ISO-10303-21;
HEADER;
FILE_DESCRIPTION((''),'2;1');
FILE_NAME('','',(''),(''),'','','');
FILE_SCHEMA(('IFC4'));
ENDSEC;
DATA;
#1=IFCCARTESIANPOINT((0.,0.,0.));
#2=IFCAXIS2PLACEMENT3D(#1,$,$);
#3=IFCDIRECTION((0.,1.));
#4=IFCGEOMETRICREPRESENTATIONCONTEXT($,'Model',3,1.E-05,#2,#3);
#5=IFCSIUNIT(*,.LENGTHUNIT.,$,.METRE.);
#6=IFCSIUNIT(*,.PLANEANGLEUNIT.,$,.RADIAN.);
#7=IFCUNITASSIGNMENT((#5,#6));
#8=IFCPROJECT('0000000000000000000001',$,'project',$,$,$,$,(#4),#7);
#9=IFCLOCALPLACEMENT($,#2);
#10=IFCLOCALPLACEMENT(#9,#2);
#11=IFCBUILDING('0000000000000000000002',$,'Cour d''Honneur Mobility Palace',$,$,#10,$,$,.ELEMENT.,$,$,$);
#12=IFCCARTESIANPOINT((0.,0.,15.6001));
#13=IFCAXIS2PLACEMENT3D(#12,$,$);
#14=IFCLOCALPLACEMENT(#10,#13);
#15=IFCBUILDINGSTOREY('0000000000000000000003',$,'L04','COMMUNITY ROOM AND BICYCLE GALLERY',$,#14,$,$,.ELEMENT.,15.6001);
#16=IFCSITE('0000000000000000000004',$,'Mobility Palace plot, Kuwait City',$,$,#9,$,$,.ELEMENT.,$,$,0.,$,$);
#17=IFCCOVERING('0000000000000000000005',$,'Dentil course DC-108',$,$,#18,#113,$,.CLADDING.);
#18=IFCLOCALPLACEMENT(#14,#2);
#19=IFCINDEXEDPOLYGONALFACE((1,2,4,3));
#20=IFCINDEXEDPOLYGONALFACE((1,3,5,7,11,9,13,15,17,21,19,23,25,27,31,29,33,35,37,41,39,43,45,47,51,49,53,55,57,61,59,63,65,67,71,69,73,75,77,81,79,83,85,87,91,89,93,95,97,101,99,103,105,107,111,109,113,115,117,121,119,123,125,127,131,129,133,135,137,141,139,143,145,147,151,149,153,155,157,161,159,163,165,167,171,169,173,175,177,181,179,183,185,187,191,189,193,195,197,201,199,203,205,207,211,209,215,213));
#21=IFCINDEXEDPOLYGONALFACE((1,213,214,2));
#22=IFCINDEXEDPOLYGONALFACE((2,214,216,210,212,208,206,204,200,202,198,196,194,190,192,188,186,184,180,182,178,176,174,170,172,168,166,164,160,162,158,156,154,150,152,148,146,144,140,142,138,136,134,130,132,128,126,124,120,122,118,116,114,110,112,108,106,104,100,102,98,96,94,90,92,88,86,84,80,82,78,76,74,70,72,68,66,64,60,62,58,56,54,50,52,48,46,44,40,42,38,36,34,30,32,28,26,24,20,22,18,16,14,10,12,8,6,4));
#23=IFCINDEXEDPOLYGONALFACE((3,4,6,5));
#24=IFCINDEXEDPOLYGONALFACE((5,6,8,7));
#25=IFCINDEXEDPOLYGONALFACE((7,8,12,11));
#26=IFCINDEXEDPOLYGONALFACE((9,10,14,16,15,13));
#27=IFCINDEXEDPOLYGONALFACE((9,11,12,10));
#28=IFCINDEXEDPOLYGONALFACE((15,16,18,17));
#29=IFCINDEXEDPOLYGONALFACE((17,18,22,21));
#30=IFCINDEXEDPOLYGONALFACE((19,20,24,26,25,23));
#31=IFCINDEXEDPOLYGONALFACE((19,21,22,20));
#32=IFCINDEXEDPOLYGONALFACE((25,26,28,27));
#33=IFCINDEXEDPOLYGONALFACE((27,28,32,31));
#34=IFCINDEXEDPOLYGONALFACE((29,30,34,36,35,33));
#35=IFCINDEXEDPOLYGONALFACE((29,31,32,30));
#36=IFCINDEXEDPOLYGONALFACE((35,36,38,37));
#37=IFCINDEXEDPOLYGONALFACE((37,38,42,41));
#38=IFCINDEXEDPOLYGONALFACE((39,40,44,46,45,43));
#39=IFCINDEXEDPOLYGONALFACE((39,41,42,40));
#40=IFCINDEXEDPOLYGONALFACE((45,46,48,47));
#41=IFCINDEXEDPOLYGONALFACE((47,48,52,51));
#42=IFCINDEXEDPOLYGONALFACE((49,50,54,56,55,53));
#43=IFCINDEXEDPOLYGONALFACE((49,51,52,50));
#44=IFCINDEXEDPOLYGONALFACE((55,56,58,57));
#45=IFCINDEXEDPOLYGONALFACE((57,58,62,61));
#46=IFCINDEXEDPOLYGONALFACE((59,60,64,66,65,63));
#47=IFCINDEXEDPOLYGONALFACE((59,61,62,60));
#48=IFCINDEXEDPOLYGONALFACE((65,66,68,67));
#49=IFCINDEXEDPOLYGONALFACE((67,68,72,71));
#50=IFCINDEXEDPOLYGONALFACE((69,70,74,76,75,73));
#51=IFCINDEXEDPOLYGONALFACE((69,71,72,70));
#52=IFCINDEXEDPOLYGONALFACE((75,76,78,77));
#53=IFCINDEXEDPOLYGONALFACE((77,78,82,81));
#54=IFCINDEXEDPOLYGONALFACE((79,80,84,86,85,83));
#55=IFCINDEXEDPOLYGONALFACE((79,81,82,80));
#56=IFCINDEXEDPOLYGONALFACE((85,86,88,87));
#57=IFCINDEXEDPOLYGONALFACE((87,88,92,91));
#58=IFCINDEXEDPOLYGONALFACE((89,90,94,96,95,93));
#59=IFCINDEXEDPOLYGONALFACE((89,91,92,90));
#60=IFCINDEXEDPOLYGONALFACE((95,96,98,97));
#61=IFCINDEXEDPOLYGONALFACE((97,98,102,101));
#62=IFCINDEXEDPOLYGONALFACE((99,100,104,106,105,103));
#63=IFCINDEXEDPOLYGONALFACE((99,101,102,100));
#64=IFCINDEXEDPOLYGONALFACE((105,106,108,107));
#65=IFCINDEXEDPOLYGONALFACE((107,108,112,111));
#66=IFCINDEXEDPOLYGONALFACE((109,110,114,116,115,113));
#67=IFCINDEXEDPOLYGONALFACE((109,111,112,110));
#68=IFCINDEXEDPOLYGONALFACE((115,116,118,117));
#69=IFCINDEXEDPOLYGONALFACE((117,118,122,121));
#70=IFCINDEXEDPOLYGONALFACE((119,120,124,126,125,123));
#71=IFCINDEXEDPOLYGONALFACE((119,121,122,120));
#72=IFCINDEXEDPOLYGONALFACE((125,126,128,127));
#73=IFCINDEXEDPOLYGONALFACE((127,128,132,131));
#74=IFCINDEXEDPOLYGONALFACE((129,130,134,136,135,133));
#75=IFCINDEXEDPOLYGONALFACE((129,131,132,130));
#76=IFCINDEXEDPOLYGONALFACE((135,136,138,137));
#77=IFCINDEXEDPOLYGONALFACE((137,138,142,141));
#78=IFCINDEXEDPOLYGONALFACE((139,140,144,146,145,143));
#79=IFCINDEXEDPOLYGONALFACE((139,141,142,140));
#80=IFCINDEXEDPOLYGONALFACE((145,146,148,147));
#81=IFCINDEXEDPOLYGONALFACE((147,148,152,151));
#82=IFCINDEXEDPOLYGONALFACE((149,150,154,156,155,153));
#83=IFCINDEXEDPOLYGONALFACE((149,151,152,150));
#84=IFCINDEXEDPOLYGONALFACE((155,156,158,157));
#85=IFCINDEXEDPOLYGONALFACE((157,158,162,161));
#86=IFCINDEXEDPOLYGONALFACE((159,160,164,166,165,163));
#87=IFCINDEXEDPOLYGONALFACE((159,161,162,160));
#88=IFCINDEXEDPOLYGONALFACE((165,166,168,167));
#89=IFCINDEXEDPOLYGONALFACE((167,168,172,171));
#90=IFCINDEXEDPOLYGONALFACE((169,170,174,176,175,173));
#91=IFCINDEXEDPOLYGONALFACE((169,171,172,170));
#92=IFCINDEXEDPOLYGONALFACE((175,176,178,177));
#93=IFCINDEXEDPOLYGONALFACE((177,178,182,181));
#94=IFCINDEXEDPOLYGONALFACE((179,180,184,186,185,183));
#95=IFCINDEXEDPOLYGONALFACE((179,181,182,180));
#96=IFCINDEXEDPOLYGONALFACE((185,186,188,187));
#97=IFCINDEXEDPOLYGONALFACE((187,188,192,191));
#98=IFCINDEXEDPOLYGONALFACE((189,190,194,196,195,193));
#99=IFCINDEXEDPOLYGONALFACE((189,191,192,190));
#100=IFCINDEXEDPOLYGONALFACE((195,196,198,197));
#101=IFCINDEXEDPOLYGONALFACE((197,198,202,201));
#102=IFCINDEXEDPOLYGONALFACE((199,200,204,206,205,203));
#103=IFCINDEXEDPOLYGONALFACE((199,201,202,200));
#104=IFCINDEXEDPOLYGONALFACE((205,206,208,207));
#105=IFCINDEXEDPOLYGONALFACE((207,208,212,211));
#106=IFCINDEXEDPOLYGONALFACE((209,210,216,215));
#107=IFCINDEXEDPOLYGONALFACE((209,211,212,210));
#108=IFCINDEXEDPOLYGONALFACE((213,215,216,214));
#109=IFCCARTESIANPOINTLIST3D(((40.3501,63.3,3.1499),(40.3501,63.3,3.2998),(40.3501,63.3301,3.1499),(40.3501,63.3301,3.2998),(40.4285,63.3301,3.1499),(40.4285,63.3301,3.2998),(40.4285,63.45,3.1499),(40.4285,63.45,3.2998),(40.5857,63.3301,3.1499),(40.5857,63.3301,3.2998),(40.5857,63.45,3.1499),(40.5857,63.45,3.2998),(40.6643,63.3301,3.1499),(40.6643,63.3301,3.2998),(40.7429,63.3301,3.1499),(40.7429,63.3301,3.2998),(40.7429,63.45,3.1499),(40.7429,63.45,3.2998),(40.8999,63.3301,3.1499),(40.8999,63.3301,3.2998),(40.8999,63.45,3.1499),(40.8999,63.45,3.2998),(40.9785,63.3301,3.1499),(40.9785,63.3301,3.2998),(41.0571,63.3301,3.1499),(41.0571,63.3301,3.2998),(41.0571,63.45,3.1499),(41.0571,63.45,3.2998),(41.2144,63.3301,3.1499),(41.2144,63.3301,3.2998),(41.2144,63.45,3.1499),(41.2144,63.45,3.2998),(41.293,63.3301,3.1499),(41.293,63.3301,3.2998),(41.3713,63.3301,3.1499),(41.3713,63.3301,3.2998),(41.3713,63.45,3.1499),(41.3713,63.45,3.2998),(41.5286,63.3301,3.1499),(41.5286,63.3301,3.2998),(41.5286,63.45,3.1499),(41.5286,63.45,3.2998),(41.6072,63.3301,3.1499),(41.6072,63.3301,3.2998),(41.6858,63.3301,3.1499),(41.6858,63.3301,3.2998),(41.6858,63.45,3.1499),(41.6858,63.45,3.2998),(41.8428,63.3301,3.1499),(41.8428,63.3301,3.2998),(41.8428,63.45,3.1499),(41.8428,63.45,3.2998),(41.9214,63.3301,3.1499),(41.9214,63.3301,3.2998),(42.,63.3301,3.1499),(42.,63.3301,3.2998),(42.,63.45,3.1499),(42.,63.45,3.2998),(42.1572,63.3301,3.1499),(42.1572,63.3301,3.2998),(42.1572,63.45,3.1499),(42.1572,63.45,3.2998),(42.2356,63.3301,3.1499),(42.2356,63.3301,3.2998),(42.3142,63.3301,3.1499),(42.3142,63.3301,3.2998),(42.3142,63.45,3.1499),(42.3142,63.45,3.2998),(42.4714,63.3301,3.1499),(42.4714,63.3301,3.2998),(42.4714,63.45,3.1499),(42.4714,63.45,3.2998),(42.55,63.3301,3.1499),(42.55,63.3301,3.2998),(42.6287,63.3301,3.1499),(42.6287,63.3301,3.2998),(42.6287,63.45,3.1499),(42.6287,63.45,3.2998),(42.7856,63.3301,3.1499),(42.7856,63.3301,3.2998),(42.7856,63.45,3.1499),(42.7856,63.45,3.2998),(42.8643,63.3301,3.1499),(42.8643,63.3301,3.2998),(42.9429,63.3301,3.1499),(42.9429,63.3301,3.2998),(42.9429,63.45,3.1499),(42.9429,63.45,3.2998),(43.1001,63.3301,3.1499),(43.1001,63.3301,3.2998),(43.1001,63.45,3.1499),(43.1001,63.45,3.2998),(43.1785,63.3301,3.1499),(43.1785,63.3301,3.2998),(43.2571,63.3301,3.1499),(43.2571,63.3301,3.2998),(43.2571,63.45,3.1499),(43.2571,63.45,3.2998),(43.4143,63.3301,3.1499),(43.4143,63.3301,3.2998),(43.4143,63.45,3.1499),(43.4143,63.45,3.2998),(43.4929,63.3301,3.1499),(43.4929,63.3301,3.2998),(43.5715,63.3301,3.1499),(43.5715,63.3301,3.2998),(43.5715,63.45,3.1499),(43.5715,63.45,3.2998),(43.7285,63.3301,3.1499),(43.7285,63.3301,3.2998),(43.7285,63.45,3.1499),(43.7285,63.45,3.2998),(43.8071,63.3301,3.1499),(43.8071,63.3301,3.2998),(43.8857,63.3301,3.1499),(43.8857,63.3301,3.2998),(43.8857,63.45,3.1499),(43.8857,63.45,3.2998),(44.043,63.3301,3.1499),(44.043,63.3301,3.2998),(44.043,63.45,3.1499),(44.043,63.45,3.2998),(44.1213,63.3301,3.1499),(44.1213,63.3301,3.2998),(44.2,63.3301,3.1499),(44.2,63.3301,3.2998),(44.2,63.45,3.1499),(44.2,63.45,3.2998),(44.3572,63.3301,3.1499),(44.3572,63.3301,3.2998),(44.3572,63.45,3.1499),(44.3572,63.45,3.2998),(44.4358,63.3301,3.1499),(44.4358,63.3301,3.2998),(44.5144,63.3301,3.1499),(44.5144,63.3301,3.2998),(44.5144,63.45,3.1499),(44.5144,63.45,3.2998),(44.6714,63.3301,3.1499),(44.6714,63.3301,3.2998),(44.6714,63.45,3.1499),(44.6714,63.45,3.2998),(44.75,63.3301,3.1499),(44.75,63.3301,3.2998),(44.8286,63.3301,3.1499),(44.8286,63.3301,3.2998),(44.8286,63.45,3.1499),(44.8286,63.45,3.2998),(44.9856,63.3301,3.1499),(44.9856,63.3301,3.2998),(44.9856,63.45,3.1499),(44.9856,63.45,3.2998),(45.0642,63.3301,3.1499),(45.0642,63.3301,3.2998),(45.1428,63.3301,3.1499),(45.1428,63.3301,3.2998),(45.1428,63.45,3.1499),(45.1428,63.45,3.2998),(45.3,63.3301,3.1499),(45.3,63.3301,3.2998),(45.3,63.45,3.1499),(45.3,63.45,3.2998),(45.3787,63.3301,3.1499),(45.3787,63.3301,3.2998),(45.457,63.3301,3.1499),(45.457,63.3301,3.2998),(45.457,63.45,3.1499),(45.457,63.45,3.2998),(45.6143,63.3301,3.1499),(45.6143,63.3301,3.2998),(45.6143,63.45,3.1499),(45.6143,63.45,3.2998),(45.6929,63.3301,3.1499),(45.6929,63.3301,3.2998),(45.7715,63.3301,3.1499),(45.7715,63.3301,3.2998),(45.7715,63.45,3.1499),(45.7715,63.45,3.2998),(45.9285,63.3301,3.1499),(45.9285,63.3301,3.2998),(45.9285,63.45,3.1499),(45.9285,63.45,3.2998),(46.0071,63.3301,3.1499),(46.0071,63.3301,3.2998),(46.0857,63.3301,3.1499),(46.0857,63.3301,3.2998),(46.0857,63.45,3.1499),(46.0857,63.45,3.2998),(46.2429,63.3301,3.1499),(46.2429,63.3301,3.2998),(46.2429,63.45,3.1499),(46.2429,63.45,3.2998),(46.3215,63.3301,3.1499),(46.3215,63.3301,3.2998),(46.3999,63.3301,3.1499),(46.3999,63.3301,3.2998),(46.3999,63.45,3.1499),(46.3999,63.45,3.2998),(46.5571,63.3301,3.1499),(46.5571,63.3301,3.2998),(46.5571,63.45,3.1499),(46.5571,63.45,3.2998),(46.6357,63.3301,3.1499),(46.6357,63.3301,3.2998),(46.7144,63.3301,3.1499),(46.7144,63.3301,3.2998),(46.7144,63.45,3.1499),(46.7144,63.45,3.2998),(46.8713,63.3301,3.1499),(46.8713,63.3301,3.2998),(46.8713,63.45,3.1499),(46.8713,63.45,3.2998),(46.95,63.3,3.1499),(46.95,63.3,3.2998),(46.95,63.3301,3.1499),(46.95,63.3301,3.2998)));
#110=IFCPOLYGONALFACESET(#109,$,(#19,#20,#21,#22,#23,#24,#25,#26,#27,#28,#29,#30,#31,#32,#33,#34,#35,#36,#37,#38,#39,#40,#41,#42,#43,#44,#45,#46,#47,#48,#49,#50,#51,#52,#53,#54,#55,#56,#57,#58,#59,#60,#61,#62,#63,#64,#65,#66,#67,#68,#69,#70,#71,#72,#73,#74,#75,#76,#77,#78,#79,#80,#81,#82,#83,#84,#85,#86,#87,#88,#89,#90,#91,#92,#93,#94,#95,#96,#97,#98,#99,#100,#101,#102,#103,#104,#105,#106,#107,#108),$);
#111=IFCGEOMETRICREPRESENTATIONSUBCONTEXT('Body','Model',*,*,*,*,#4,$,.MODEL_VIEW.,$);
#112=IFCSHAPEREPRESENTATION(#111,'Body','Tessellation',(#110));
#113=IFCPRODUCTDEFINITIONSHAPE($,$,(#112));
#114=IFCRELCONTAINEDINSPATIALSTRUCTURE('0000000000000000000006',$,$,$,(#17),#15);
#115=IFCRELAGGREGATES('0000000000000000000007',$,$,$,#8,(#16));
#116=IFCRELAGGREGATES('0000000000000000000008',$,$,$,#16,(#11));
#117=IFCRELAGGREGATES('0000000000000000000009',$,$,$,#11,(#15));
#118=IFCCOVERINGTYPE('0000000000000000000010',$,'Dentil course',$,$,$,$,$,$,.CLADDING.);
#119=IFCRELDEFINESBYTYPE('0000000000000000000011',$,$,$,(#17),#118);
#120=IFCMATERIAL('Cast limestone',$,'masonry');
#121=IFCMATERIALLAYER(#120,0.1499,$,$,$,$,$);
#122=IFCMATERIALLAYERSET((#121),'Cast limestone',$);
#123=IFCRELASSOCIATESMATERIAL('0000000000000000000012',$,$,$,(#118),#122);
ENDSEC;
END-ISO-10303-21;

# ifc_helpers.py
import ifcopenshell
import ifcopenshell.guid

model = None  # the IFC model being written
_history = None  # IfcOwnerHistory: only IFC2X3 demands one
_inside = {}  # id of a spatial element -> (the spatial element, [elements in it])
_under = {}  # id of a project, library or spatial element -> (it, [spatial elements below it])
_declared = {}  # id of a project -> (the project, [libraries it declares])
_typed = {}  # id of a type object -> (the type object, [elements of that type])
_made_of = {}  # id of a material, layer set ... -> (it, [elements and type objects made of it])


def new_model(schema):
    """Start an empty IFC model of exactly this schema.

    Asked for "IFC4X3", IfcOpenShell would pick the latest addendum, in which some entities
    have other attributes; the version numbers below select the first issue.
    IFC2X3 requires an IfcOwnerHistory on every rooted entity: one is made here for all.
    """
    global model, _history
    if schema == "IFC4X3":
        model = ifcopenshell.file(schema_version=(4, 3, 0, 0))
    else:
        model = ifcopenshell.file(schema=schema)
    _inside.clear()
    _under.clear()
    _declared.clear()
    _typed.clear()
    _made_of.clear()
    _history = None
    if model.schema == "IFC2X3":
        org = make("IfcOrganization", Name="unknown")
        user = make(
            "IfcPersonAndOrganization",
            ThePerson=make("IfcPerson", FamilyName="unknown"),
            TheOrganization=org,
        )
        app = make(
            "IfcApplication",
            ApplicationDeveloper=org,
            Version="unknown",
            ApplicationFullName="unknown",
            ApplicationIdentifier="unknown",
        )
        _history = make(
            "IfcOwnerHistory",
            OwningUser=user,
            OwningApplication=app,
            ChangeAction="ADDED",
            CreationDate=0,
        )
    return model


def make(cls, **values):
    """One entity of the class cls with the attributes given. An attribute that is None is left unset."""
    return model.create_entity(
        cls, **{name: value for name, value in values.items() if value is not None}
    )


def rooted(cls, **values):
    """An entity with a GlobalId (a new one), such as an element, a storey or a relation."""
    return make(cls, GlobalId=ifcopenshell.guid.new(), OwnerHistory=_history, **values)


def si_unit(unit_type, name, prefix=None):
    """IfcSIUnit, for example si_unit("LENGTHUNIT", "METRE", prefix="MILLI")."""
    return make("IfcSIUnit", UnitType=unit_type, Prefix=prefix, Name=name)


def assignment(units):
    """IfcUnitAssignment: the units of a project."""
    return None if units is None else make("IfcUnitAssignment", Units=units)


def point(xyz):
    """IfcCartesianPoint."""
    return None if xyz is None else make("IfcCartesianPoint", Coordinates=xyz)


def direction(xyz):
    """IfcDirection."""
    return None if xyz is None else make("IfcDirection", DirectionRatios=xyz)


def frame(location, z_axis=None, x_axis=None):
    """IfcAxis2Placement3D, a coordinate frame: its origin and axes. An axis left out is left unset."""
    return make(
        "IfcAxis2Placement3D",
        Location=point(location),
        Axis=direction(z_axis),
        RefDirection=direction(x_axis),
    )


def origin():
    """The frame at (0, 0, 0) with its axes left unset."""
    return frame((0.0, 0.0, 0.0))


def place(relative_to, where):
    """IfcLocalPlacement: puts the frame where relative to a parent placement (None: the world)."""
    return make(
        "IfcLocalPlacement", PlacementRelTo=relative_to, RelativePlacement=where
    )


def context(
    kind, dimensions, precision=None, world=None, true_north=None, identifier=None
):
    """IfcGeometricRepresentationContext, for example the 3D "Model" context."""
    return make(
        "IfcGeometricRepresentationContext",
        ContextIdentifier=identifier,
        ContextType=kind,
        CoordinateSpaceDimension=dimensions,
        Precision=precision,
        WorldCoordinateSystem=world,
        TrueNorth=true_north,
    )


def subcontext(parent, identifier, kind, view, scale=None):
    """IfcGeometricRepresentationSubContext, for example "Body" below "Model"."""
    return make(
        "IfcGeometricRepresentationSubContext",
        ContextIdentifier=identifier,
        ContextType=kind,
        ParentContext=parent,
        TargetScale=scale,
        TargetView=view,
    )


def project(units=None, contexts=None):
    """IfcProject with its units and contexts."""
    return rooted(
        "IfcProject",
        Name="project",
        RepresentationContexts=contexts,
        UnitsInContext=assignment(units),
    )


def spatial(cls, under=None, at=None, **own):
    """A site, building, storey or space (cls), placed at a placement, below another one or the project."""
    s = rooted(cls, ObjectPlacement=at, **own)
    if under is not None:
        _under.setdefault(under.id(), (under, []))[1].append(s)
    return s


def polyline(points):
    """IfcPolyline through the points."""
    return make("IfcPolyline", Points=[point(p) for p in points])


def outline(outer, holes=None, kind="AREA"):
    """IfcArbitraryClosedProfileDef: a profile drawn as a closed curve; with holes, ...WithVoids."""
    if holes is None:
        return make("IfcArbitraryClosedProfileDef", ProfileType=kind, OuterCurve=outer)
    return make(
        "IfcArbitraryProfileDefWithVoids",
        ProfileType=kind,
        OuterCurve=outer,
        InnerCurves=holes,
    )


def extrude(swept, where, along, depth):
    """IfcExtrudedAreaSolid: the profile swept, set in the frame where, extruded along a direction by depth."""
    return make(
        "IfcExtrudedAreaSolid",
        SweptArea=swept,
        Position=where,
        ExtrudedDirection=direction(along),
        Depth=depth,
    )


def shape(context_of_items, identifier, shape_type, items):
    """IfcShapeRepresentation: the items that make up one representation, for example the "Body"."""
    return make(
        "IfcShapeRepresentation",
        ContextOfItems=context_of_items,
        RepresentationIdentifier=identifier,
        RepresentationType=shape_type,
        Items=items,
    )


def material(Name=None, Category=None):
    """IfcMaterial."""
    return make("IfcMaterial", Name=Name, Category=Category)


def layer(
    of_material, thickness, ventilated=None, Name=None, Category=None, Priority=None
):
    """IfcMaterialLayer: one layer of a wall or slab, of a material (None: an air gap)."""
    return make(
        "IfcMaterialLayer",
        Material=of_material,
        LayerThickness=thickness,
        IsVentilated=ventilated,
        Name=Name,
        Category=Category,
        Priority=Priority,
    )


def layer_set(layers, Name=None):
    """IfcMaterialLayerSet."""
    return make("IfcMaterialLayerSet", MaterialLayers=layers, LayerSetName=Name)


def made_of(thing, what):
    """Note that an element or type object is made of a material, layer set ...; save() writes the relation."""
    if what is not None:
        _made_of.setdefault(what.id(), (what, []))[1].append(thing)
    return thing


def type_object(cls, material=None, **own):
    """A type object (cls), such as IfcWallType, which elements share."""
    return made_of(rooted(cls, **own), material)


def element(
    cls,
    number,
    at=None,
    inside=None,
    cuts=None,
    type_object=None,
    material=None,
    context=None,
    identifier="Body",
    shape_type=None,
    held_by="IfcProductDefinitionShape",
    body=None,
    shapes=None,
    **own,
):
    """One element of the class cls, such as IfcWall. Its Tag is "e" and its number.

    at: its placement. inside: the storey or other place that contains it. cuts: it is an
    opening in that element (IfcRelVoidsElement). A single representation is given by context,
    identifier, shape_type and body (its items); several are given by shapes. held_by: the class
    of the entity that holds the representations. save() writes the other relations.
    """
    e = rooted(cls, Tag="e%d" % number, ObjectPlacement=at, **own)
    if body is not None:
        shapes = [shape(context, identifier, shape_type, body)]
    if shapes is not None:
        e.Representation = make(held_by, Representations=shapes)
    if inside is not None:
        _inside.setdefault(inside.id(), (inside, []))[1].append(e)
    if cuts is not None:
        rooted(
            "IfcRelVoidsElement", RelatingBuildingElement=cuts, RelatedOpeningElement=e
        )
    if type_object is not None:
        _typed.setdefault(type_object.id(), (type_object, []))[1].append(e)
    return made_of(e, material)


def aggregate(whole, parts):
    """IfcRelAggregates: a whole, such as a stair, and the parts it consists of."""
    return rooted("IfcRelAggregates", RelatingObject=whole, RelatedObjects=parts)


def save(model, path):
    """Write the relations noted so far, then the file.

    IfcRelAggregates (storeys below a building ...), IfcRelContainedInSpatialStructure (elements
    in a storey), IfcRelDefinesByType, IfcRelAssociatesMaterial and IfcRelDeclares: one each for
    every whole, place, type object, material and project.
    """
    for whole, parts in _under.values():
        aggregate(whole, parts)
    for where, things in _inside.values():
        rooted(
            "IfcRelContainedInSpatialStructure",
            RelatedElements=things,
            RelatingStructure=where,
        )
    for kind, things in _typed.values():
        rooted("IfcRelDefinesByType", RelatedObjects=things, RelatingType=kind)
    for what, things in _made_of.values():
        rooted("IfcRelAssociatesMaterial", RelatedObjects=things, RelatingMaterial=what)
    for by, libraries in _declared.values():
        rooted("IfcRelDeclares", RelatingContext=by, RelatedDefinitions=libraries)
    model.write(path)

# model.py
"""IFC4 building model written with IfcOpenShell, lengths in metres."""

from ifc_helpers import new_model, si_unit, direction, frame, origin, place, context, subcontext, project, spatial, polyline, outline, extrude, material, layer, layer_set, type_object, element, save


model = new_model("IFC4")

# Units and contexts
model_context = context("Model", 3, precision=1e-05, world=origin(), true_north=direction((0.0, 1.0)))
body_context = subcontext(model_context, "Body", "Model", "MODEL_VIEW")
ifc_project = project(units=[si_unit("LENGTHUNIT", "METRE"), si_unit("PLANEANGLEUNIT", "RADIAN")], contexts=[model_context])

# Site, building, storey
site_placement = place(None, origin())
site = spatial("IfcSite", under=ifc_project, at=site_placement, Name="Mobility Palace plot, Kuwait City", CompositionType="ELEMENT", RefElevation=0.0)
building_placement = place(site_placement, origin())
building = spatial("IfcBuilding", under=site, at=building_placement, Name="Cour d'Honneur Mobility Palace", CompositionType="ELEMENT")
storey_placement = place(building_placement, frame((0.0, 0.0, 15.6001)))
storey = spatial("IfcBuildingStorey", under=building, at=storey_placement, Name="L04", Description="COMMUNITY ROOM AND BICYCLE GALLERY", CompositionType="ELEMENT", Elevation=15.6001)

# Covering
ifc_material = material(Name="Cast limestone", Category="masonry")
ifc_layer = layer(ifc_material, 0.1499)
ifc_layer_set = layer_set([ifc_layer], Name="Cast limestone")
covering_type = type_object("IfcCoveringType", Name="Dentil course", PredefinedType="CLADDING", material=ifc_layer_set)
covering_1_placement = place(storey_placement, frame((0.0, 0.0, 3.1499)))
element("IfcCovering", 1, at=covering_1_placement, inside=storey, type_object=covering_type, Name="Dentil course DC-108", PredefinedType="CLADDING", context=body_context, shape_type="SweptSolid", body=[
    extrude(outline(polyline([(46.95, 63.3), (40.3501, 63.3), (40.3501, 63.3301), (40.3501, 63.3301), (40.4285, 63.3301), (40.4285, 63.45), (40.5857, 63.45), (40.5857, 63.3301), (40.6643, 63.3301), (40.6643, 63.3301), (40.7429, 63.3301), (40.7429, 63.45), (40.8999, 63.45), (40.8999, 63.3301), (40.9785, 63.3301), (40.9785, 63.3301), (41.0571, 63.3301), (41.0571, 63.45), (41.2144, 63.45), (41.2144, 63.3301), (41.293, 63.3301), (41.293, 63.3301), (41.3713, 63.3301), (41.3713, 63.45), (41.5286, 63.45), (41.5286, 63.3301), (41.6072, 63.3301), (41.6072, 63.3301), (41.6858, 63.3301), (41.6858, 63.45), (41.8428, 63.45), (41.8428, 63.3301), (41.9214, 63.3301), (41.9214, 63.3301), (42.0, 63.3301), (42.0, 63.45), (42.1572, 63.45), (42.1572, 63.3301), (42.2356, 63.3301), (42.2356, 63.3301), (42.3142, 63.3301), (42.3142, 63.45), (42.4714, 63.45), (42.4714, 63.3301), (42.55, 63.3301), (42.55, 63.3301), (42.6287, 63.3301), (42.6287, 63.45), (42.7856, 63.45), (42.7856, 63.3301), (42.8643, 63.3301), (42.8643, 63.3301), (42.9429, 63.3301), (42.9429, 63.45), (43.1001, 63.45), (43.1001, 63.3301), (43.1785, 63.3301), (43.1785, 63.3301), (43.2571, 63.3301), (43.2571, 63.45), (43.4143, 63.45), (43.4143, 63.3301), (43.4929, 63.3301), (43.4929, 63.3301), (43.5715, 63.3301), (43.5715, 63.45), (43.7285, 63.45), (43.7285, 63.3301), (43.8071, 63.3301), (43.8071, 63.3301), (43.8857, 63.3301), (43.8857, 63.45), (44.043, 63.45), (44.043, 63.3301), (44.1213, 63.3301), (44.1213, 63.3301), (44.2, 63.3301), (44.2, 63.45), (44.3572, 63.45), (44.3572, 63.3301), (44.4358, 63.3301), (44.4358, 63.3301), (44.5144, 63.3301), (44.5144, 63.45), (44.6714, 63.45), (44.6714, 63.3301), (44.75, 63.3301), (44.75, 63.3301), (44.8286, 63.3301), (44.8286, 63.45), (44.9856, 63.45), (44.9856, 63.3301), (45.0642, 63.3301), (45.0642, 63.3301), (45.1428, 63.3301), (45.1428, 63.45), (45.3, 63.45), (45.3, 63.3301), (45.3787, 63.3301), (45.3787, 63.3301), (45.457, 63.3301), (45.457, 63.45), (45.6143, 63.45), (45.6143, 63.3301), (45.6929, 63.3301), (45.6929, 63.3301), (45.7715, 63.3301), (45.7715, 63.45), (45.9285, 63.45), (45.9285, 63.3301), (46.0071, 63.3301), (46.0071, 63.3301), (46.0857, 63.3301), (46.0857, 63.45), (46.2429, 63.45), (46.2429, 63.3301), (46.3215, 63.3301), (46.3215, 63.3301), (46.3999, 63.3301), (46.3999, 63.45), (46.5571, 63.45), (46.5571, 63.3301), (46.6357, 63.3301), (46.6357, 63.3301), (46.7144, 63.3301), (46.7144, 63.45), (46.8713, 63.45), (46.8713, 63.3301), (46.95, 63.3301), (46.95, 63.3)])), origin(), (0.0, 0.0, 1.0), 0.1499),
])

save(model, "model.ifc")
